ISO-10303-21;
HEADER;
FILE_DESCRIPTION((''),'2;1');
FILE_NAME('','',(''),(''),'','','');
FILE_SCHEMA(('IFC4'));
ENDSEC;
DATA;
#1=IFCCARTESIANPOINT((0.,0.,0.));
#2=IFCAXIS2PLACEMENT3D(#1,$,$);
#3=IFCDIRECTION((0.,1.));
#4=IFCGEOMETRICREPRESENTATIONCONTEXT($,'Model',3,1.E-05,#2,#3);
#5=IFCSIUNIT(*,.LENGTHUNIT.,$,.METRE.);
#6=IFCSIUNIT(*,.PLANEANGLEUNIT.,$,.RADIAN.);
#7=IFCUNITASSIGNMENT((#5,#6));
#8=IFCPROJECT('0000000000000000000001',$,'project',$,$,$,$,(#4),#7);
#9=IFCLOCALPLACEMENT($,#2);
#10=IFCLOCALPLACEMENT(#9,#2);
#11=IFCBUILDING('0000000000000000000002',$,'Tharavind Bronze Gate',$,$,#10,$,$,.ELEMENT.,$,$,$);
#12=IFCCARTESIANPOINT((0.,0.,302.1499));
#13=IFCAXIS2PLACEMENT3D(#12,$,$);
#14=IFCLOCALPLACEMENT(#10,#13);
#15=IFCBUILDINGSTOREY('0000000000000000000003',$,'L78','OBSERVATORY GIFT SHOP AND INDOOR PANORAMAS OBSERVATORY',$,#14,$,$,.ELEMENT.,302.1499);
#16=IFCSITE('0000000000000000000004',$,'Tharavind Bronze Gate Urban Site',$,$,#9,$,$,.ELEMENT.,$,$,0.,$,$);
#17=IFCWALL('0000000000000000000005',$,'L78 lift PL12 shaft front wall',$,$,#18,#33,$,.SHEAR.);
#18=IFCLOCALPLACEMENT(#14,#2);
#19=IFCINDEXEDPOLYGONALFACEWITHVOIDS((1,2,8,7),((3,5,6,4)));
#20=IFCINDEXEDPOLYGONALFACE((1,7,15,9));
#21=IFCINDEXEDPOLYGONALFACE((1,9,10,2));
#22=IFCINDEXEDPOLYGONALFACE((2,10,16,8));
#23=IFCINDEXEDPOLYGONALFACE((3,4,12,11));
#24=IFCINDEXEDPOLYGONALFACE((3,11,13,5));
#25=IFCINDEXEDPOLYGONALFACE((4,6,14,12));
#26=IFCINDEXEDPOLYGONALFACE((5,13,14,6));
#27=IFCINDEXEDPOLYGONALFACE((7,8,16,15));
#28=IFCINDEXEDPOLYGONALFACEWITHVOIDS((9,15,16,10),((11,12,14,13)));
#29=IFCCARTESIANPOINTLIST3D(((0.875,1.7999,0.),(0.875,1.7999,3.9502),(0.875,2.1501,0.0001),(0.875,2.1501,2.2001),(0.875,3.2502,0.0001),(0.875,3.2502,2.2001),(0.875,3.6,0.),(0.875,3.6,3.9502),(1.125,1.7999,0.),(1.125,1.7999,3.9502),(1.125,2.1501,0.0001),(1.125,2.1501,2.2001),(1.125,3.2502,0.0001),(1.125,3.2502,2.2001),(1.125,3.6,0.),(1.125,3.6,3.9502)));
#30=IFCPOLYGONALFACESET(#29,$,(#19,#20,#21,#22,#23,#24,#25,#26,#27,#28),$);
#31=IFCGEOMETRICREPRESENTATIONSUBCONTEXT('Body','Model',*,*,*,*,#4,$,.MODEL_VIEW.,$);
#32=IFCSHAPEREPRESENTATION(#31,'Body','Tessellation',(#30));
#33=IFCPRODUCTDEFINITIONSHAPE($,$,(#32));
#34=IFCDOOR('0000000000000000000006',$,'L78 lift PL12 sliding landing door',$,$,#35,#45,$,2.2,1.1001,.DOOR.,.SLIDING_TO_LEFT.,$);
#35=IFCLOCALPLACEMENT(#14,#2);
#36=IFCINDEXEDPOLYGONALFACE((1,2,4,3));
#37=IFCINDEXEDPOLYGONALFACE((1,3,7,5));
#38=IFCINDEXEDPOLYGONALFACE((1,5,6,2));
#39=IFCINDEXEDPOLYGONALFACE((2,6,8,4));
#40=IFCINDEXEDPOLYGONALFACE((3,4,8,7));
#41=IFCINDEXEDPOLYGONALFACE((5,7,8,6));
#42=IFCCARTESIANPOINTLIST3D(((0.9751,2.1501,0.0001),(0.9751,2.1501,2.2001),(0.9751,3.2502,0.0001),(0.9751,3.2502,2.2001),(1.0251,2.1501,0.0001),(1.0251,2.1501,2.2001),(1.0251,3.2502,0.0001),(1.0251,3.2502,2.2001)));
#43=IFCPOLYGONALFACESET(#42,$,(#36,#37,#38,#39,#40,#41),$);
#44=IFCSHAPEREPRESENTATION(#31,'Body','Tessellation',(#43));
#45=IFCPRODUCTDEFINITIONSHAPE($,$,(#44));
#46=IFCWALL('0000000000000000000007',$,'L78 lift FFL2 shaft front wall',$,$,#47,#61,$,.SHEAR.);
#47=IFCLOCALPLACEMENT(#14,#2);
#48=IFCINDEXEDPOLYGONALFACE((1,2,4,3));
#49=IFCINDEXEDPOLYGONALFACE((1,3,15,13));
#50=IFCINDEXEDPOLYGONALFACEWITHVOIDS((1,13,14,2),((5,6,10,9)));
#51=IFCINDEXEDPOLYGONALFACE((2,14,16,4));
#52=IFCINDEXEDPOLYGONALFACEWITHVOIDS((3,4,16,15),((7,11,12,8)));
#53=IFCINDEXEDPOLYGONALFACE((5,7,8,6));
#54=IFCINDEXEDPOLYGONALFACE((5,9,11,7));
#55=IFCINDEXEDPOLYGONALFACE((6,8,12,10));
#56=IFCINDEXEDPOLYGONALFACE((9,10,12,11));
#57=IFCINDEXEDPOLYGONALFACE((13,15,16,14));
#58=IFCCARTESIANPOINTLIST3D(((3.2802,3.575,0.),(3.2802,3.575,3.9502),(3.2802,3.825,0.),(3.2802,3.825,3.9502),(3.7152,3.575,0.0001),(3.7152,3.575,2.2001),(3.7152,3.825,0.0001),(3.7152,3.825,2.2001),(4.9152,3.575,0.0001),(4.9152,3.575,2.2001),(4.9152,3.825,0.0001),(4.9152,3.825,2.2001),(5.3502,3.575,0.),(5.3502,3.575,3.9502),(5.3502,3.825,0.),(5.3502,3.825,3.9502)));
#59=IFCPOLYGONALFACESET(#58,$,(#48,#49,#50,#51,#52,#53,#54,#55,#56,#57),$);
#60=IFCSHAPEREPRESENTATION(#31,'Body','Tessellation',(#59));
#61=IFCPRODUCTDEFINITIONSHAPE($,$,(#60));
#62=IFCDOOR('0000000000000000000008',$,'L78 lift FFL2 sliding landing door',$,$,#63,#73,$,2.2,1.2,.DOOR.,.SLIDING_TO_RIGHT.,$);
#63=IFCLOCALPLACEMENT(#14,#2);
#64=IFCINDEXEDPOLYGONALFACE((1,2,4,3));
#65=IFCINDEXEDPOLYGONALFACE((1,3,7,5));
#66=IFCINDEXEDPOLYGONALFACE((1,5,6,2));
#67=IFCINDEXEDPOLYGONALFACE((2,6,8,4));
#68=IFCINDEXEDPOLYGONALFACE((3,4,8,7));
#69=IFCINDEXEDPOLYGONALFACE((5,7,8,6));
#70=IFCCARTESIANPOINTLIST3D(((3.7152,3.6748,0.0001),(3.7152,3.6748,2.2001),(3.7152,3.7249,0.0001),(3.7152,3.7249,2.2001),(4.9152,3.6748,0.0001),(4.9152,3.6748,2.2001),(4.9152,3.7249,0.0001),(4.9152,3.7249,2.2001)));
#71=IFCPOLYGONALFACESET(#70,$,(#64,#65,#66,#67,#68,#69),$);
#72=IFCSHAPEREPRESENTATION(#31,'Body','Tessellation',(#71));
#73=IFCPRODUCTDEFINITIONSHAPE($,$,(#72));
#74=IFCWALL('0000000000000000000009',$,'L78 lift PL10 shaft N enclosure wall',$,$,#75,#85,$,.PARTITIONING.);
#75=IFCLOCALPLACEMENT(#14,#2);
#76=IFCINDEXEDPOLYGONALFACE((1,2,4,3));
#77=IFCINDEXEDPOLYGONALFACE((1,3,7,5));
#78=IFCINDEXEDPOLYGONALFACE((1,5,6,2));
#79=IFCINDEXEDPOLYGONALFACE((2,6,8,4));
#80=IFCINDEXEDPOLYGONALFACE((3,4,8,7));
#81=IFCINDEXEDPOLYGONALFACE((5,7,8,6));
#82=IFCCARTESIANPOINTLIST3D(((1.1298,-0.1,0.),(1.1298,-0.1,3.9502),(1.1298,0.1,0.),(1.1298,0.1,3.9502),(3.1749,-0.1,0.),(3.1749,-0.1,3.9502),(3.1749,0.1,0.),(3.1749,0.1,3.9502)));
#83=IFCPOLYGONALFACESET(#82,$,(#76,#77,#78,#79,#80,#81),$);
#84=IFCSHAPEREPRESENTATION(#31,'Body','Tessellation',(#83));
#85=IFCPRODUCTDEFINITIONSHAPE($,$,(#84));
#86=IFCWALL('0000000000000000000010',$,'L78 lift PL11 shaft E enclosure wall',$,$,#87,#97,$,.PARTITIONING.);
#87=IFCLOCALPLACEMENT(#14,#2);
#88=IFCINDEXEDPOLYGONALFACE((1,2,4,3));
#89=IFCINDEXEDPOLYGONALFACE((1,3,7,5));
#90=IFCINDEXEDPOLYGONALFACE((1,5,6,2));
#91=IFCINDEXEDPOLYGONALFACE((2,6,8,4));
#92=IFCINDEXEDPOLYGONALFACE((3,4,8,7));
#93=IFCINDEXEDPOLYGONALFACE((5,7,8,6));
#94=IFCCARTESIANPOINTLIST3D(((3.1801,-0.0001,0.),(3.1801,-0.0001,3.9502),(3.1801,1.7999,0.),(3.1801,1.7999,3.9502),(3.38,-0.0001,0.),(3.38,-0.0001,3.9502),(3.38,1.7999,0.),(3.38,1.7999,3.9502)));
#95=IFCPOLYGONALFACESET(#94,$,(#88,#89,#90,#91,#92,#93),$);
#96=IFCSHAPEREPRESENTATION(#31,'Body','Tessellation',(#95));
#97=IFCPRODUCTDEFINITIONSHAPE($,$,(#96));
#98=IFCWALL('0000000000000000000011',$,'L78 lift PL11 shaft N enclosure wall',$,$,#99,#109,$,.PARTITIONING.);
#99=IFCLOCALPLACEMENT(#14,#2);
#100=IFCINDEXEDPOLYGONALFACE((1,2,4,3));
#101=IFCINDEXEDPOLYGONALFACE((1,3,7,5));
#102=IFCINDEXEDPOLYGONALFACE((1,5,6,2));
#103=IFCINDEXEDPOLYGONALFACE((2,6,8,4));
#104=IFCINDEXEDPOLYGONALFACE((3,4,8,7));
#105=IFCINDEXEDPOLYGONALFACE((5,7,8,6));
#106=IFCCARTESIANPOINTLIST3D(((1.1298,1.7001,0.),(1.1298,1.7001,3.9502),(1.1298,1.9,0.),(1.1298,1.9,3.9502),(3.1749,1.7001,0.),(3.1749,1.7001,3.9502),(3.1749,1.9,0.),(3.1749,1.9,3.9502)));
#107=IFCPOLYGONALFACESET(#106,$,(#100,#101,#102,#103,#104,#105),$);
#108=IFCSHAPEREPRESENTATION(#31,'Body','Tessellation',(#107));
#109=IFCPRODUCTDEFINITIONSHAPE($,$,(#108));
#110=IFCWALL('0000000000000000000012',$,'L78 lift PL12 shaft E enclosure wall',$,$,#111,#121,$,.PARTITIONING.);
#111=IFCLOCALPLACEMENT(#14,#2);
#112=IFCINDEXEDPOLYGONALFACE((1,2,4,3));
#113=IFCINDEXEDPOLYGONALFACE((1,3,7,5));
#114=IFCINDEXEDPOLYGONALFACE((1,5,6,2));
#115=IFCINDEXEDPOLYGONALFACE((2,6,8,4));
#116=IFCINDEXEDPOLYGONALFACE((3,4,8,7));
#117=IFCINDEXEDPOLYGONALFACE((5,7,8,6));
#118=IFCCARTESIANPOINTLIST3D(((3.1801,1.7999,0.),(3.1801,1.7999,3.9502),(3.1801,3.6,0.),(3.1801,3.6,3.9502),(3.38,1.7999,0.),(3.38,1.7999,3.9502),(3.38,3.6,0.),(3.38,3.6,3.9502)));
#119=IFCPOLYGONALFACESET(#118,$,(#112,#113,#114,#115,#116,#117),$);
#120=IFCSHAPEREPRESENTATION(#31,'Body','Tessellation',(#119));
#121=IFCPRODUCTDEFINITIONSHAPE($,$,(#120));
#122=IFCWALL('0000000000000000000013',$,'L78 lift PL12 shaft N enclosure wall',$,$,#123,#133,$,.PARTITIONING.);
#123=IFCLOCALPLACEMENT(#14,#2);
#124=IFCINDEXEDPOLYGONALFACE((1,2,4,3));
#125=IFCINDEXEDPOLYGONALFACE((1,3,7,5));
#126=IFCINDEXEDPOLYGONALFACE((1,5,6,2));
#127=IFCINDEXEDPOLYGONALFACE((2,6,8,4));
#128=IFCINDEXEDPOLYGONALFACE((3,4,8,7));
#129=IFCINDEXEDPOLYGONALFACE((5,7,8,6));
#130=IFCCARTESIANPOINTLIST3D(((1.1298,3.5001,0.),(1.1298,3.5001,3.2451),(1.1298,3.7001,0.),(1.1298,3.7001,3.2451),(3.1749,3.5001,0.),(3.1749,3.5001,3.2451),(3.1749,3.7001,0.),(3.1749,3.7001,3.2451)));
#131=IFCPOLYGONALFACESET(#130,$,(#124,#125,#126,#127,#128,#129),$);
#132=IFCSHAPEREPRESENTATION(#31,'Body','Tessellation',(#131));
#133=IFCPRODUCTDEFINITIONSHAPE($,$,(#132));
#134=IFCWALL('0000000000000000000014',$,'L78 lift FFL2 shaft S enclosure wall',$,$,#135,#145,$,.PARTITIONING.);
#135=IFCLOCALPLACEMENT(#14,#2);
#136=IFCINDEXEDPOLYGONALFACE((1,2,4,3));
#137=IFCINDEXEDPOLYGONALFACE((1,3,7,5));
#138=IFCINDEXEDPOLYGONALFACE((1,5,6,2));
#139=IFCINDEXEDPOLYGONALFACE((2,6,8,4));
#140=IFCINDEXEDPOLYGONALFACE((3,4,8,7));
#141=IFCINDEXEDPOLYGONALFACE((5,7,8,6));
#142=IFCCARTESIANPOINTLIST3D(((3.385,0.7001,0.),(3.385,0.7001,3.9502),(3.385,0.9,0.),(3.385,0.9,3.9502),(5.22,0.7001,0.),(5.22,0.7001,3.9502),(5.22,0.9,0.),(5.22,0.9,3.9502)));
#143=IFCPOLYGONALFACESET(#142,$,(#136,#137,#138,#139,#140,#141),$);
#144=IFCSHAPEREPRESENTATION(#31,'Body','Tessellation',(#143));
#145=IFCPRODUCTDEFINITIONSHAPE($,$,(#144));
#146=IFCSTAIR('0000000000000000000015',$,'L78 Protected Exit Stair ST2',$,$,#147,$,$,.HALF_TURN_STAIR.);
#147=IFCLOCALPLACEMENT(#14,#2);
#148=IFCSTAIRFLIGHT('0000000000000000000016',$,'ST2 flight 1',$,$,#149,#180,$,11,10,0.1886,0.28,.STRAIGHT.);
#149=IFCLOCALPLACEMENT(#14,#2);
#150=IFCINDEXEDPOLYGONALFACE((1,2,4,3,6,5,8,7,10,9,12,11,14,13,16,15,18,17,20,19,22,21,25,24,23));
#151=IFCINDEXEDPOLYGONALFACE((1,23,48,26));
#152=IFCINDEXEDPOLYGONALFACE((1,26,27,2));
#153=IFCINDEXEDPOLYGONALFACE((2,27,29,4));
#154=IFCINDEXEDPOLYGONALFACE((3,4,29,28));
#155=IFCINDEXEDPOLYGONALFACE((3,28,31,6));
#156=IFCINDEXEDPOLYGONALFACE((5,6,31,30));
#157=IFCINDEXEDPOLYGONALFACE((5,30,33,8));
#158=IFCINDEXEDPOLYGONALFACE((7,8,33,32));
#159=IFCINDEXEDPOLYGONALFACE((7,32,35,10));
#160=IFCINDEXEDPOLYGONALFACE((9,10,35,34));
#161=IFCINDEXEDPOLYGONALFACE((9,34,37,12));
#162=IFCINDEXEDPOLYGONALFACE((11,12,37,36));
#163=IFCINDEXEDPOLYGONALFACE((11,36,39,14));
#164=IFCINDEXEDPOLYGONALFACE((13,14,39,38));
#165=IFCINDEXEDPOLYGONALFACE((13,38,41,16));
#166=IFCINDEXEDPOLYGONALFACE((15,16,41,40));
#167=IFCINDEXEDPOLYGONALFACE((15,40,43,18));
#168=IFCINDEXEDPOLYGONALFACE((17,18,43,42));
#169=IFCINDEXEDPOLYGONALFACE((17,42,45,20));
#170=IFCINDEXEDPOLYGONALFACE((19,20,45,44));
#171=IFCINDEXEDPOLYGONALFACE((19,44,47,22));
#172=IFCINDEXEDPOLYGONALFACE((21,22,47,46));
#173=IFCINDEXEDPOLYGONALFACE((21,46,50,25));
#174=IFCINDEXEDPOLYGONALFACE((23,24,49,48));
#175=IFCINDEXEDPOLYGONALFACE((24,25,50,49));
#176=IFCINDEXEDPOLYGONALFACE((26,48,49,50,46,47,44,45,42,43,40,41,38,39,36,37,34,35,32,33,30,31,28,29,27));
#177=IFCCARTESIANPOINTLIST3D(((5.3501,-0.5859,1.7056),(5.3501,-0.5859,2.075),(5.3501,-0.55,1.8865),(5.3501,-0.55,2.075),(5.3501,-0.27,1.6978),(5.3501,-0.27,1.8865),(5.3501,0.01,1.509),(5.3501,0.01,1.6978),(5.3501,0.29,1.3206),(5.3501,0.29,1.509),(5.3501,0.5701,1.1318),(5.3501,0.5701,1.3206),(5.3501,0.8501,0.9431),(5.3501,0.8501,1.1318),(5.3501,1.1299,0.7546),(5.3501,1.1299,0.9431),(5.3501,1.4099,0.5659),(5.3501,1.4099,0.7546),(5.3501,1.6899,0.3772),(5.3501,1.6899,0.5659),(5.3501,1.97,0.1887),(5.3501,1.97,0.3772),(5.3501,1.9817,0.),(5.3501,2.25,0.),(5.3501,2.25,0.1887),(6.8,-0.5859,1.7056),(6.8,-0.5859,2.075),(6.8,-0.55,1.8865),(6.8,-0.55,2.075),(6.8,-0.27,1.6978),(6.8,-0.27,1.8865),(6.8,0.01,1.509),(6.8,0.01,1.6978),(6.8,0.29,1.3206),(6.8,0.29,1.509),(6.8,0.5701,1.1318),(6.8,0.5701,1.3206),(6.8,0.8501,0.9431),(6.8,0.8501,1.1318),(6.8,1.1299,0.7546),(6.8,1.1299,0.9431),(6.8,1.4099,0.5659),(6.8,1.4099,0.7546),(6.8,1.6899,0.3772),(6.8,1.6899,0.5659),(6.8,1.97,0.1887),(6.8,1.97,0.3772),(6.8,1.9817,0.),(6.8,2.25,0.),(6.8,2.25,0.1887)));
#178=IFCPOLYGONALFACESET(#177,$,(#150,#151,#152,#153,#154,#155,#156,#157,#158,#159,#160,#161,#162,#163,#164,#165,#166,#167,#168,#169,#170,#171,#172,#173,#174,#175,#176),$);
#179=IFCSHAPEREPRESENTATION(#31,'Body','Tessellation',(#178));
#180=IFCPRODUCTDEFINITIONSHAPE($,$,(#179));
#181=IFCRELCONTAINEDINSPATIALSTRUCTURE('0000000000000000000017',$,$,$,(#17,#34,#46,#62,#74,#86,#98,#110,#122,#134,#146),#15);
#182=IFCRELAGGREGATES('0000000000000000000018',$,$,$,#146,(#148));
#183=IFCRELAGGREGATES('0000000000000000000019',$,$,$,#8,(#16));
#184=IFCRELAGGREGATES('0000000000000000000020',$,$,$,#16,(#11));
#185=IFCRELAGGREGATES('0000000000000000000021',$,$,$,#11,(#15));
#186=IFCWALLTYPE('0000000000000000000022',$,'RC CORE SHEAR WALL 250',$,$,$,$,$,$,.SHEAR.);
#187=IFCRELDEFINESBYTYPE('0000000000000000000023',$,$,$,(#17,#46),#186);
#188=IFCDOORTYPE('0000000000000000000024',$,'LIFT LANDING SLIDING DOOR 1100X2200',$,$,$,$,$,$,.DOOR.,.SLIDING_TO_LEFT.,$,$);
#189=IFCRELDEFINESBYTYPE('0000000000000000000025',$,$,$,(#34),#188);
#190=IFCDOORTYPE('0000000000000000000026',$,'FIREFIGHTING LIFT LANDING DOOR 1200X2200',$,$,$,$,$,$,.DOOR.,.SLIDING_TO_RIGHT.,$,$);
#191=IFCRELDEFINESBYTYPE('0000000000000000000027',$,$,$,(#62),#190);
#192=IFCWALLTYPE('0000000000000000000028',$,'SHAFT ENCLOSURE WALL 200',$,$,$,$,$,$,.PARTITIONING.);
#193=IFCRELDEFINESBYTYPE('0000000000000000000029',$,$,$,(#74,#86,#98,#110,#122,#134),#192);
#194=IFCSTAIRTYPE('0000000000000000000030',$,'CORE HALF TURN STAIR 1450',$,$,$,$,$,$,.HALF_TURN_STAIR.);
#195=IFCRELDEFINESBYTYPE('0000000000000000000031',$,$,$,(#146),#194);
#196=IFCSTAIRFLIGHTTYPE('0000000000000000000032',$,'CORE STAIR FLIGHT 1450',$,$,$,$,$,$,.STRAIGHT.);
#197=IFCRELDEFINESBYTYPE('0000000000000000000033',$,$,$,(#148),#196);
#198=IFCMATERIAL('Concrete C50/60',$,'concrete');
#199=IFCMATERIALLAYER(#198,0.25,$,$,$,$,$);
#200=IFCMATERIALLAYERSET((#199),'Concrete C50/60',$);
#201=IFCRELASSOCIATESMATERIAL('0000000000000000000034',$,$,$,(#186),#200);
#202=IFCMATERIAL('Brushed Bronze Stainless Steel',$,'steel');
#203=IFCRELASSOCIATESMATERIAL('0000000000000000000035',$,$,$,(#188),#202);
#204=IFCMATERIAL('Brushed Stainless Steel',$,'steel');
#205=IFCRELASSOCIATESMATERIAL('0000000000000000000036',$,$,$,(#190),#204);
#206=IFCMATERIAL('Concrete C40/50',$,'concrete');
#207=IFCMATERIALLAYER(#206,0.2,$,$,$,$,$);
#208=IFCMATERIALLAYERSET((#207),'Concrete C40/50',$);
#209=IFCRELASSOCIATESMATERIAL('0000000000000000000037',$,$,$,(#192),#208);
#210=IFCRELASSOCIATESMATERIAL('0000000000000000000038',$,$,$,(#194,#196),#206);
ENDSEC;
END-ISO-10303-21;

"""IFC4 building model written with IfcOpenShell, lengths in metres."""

from ifc_helpers import new_model, si_unit, direction, frame, frame_2d, origin, place, context, subcontext, project, spatial, polyline, rectangle, outline, extrude, material, layer, layer_set, type_object, element, fill, aggregate, save


model = new_model("IFC4")

# Units and contexts
model_context = context("Model", 3, precision=1e-05, world=origin(), true_north=direction((0.0, 1.0)))
body_context = subcontext(model_context, "Body", "Model", "MODEL_VIEW")
ifc_project = project(units=[si_unit("LENGTHUNIT", "METRE"), si_unit("PLANEANGLEUNIT", "RADIAN")], contexts=[model_context])

# Site, building, storey
site_placement = place(None, origin())
site = spatial("IfcSite", under=ifc_project, at=site_placement, Name="Tharavind Bronze Gate Urban Site", CompositionType="ELEMENT", RefElevation=0.0)
building_placement = place(site_placement, origin())
building = spatial("IfcBuilding", under=site, at=building_placement, Name="Tharavind Bronze Gate", CompositionType="ELEMENT")
storey_placement = place(building_placement, frame((0.0, 0.0, 302.1499)))
storey = spatial("IfcBuildingStorey", under=building, at=storey_placement, Name="L78", Description="OBSERVATORY GIFT SHOP AND INDOOR PANORAMAS OBSERVATORY", CompositionType="ELEMENT", Elevation=302.1499)

# Walls, openings, doors
ifc_material_1 = material(Name="Concrete C50/60", Category="concrete")
ifc_layer_1 = layer(ifc_material_1, 0.25)
ifc_layer_set_1 = layer_set([ifc_layer_1], Name="Concrete C50/60")
wall_type_1 = type_object("IfcWallType", Name="RC CORE SHEAR WALL 250", PredefinedType="SHEAR", material=ifc_layer_set_1)
wall_1_placement = place(storey_placement, frame((1.0, 1.8, 0.0), z_axis=(0.0, 0.0, 1.0), x_axis=(0.0, 1.0, 0.0)))
wall_1 = element("IfcWall", 1, at=wall_1_placement, inside=storey, type_object=wall_type_1, Name="L78 lift PL12 shaft front wall", PredefinedType="SHEAR", context=body_context, shape_type="SweptSolid", body=[
    extrude(rectangle(XDim=1.8, YDim=0.25, at=frame_2d((0.8999, 0.0))), origin(), (0.0, 0.0, 1.0), 3.9502),
])
opening_1_placement = place(wall_1_placement, frame((0.3501, 0.0, 0.0)))
opening_1 = element("IfcOpeningElement", 2, at=opening_1_placement, cuts=wall_1, PredefinedType="OPENING", context=body_context, shape_type="SweptSolid", body=[
    extrude(rectangle(XDim=1.1001, YDim=2.2, at=frame_2d((0.55, 1.1001))), frame((0.0, 0.135, 0.0), z_axis=(0.0, -1.0, 0.0), x_axis=(1.0, 0.0, 0.0)), (0.0, 0.0, 1.0), 0.27),
])
ifc_material_2 = material(Name="Brushed Bronze Stainless Steel", Category="steel")
door_type_1 = type_object("IfcDoorType", Name="LIFT LANDING SLIDING DOOR 1100X2200", OperationType="SLIDING_TO_LEFT", PredefinedType="DOOR", material=ifc_material_2)
door_1_placement = place(opening_1_placement, origin())
door_1 = element("IfcDoor", 3, at=door_1_placement, inside=storey, type_object=door_type_1, Name="L78 lift PL12 sliding landing door", OperationType="SLIDING_TO_LEFT", OverallHeight=2.2, OverallWidth=1.1001, PredefinedType="DOOR", context=body_context, shape_type="SweptSolid", body=[
    extrude(rectangle(XDim=1.1001, YDim=2.2, at=frame_2d((0.55, 1.1001))), frame((0.0, 0.0249, 0.0), z_axis=(0.0, -1.0, 0.0), x_axis=(1.0, 0.0, 0.0)), (0.0, 0.0, 1.0), 0.05),
])
fill(opening_1, door_1)
wall_2_placement = place(storey_placement, frame((3.28, 3.7, 0.0), z_axis=(0.0, 0.0, 1.0), x_axis=(1.0, 0.0, 0.0)))
wall_2 = element("IfcWall", 4, at=wall_2_placement, inside=storey, type_object=wall_type_1, Name="L78 lift FFL2 shaft front wall", PredefinedType="SHEAR", context=body_context, shape_type="SweptSolid", body=[
    extrude(rectangle(XDim=2.0701, YDim=0.25, at=frame_2d((1.0352, 0.0))), origin(), (0.0, 0.0, 1.0), 3.9502),
])
opening_2_placement = place(wall_2_placement, frame((0.4351, 0.0, 0.0)))
opening_2 = element("IfcOpeningElement", 5, at=opening_2_placement, cuts=wall_2, PredefinedType="OPENING", context=body_context, shape_type="SweptSolid", body=[
    extrude(rectangle(XDim=1.2, YDim=2.2, at=frame_2d((0.6001, 1.1001))), frame((0.0, 0.135, 0.0), z_axis=(0.0, -1.0, 0.0), x_axis=(1.0, 0.0, 0.0)), (0.0, 0.0, 1.0), 0.27),
])
ifc_material_3 = material(Name="Brushed Stainless Steel", Category="steel")
door_type_2 = type_object("IfcDoorType", Name="FIREFIGHTING LIFT LANDING DOOR 1200X2200", OperationType="SLIDING_TO_RIGHT", PredefinedType="DOOR", material=ifc_material_3)
door_2_placement = place(opening_2_placement, origin())
door_2 = element("IfcDoor", 6, at=door_2_placement, inside=storey, type_object=door_type_2, Name="L78 lift FFL2 sliding landing door", OperationType="SLIDING_TO_RIGHT", OverallHeight=2.2, OverallWidth=1.2, PredefinedType="DOOR", context=body_context, shape_type="SweptSolid", body=[
    extrude(rectangle(XDim=1.2, YDim=2.2, at=frame_2d((0.6001, 1.1001))), frame((0.0, 0.0249, 0.0), z_axis=(0.0, -1.0, 0.0), x_axis=(1.0, 0.0, 0.0)), (0.0, 0.0, 1.0), 0.05),
])
fill(opening_2, door_2)

# Walls
ifc_material_4 = material(Name="Concrete C40/50", Category="concrete")
ifc_layer_2 = layer(ifc_material_4, 0.2)
ifc_layer_set_2 = layer_set([ifc_layer_2], Name="Concrete C40/50")
wall_type_2 = type_object("IfcWallType", Name="SHAFT ENCLOSURE WALL 200", PredefinedType="PARTITIONING", material=ifc_layer_set_2)
wall_3_placement = place(storey_placement, frame((1.1299, 0.0, 0.0), z_axis=(0.0, 0.0, 1.0), x_axis=(1.0, 0.0, 0.0)))
element("IfcWall", 7, at=wall_3_placement, inside=storey, type_object=wall_type_2, Name="L78 lift PL10 shaft N enclosure wall", PredefinedType="PARTITIONING", context=body_context, shape_type="SweptSolid", body=[
    extrude(rectangle(XDim=2.0452, YDim=0.2, at=frame_2d((1.0225, 0.0))), origin(), (0.0, 0.0, 1.0), 3.9502),
])
wall_4_placement = place(storey_placement, frame((3.28, 0.0, 0.0), z_axis=(0.0, 0.0, 1.0), x_axis=(0.0, 1.0, 0.0)))
element("IfcWall", 8, at=wall_4_placement, inside=storey, type_object=wall_type_2, Name="L78 lift PL11 shaft E enclosure wall", PredefinedType="PARTITIONING", context=body_context, shape_type="SweptSolid", body=[
    extrude(rectangle(XDim=1.8, YDim=0.2, at=frame_2d((0.8999, 0.0))), origin(), (0.0, 0.0, 1.0), 3.9502),
])
wall_5_placement = place(storey_placement, frame((1.1299, 1.8, 0.0), z_axis=(0.0, 0.0, 1.0), x_axis=(1.0, 0.0, 0.0)))
element("IfcWall", 9, at=wall_5_placement, inside=storey, type_object=wall_type_2, Name="L78 lift PL11 shaft N enclosure wall", PredefinedType="PARTITIONING", context=body_context, shape_type="SweptSolid", body=[
    extrude(rectangle(XDim=2.0452, YDim=0.2, at=frame_2d((1.0225, 0.0))), origin(), (0.0, 0.0, 1.0), 3.9502),
])
wall_6_placement = place(storey_placement, frame((3.28, 1.8, 0.0), z_axis=(0.0, 0.0, 1.0), x_axis=(0.0, 1.0, 0.0)))
element("IfcWall", 10, at=wall_6_placement, inside=storey, type_object=wall_type_2, Name="L78 lift PL12 shaft E enclosure wall", PredefinedType="PARTITIONING", context=body_context, shape_type="SweptSolid", body=[
    extrude(rectangle(XDim=1.8, YDim=0.2, at=frame_2d((0.8999, 0.0))), origin(), (0.0, 0.0, 1.0), 3.9502),
])
wall_7_placement = place(storey_placement, frame((1.1299, 3.6001, 0.0), z_axis=(0.0, 0.0, 1.0), x_axis=(1.0, 0.0, 0.0)))
element("IfcWall", 11, at=wall_7_placement, inside=storey, type_object=wall_type_2, Name="L78 lift PL12 shaft N enclosure wall", PredefinedType="PARTITIONING", context=body_context, shape_type="SweptSolid", body=[
    extrude(rectangle(XDim=2.0452, YDim=0.2, at=frame_2d((1.0225, 0.0))), origin(), (0.0, 0.0, 1.0), 3.2451),
])
wall_8_placement = place(storey_placement, frame((3.385, 0.8, 0.0), z_axis=(0.0, 0.0, 1.0), x_axis=(1.0, 0.0, 0.0)))
element("IfcWall", 12, at=wall_8_placement, inside=storey, type_object=wall_type_2, Name="L78 lift FFL2 shaft S enclosure wall", PredefinedType="PARTITIONING", context=body_context, shape_type="SweptSolid", body=[
    extrude(rectangle(XDim=1.835, YDim=0.2, at=frame_2d((0.9175, 0.0))), origin(), (0.0, 0.0, 1.0), 3.9502),
])

# Stair, stair flight
stair_type = type_object("IfcStairType", Name="CORE HALF TURN STAIR 1450", PredefinedType="HALF_TURN_STAIR", material=ifc_material_4)
stair_placement = place(storey_placement, origin())
stair = element("IfcStair", 13, at=stair_placement, inside=storey, type_object=stair_type, Name="L78 Protected Exit Stair ST2", PredefinedType="HALF_TURN_STAIR")
stair_flight_type = type_object("IfcStairFlightType", Name="CORE STAIR FLIGHT 1450", PredefinedType="STRAIGHT", material=ifc_material_4)
stair_flight_placement = place(storey_placement, frame((6.075, 2.25, 0.0), z_axis=(0.0, 0.0, 1.0), x_axis=(0.0, -1.0, 0.0)))
stair_flight = element("IfcStairFlight", 14, at=stair_flight_placement, type_object=stair_flight_type, Name="ST2 flight 1", NumberOfRisers=11, NumberOfTreads=10, PredefinedType="STRAIGHT", RiserHeight=0.1886, TreadLength=0.28, context=body_context, shape_type="SweptSolid", body=[
    extrude(outline(polyline([(0.0, 0.0), (0.0, 0.1887), (0.28, 0.1887), (0.28, 0.3772), (0.5601, 0.3772), (0.5601, 0.5659), (0.8401, 0.5659), (0.8401, 0.7546), (1.1201, 0.7546), (1.1201, 0.9431), (1.3999, 0.9431), (1.3999, 1.1318), (1.6799, 1.1318), (1.6799, 1.3206), (1.96, 1.3206), (1.96, 1.509), (2.24, 1.509), (2.24, 1.6978), (2.52, 1.6978), (2.52, 1.8865), (2.8, 1.8865), (2.8, 2.075), (2.8359, 2.075), (2.8359, 1.7056), (0.2683, 0.0), (0.0, 0.0)])), frame((0.0, 0.7251, 0.0), z_axis=(0.0, -1.0, 0.0), x_axis=(1.0, 0.0, 0.0)), (0.0, 0.0, 1.0), 1.45),
])
aggregate(stair, [stair_flight])

save(model, "model.ifc")
